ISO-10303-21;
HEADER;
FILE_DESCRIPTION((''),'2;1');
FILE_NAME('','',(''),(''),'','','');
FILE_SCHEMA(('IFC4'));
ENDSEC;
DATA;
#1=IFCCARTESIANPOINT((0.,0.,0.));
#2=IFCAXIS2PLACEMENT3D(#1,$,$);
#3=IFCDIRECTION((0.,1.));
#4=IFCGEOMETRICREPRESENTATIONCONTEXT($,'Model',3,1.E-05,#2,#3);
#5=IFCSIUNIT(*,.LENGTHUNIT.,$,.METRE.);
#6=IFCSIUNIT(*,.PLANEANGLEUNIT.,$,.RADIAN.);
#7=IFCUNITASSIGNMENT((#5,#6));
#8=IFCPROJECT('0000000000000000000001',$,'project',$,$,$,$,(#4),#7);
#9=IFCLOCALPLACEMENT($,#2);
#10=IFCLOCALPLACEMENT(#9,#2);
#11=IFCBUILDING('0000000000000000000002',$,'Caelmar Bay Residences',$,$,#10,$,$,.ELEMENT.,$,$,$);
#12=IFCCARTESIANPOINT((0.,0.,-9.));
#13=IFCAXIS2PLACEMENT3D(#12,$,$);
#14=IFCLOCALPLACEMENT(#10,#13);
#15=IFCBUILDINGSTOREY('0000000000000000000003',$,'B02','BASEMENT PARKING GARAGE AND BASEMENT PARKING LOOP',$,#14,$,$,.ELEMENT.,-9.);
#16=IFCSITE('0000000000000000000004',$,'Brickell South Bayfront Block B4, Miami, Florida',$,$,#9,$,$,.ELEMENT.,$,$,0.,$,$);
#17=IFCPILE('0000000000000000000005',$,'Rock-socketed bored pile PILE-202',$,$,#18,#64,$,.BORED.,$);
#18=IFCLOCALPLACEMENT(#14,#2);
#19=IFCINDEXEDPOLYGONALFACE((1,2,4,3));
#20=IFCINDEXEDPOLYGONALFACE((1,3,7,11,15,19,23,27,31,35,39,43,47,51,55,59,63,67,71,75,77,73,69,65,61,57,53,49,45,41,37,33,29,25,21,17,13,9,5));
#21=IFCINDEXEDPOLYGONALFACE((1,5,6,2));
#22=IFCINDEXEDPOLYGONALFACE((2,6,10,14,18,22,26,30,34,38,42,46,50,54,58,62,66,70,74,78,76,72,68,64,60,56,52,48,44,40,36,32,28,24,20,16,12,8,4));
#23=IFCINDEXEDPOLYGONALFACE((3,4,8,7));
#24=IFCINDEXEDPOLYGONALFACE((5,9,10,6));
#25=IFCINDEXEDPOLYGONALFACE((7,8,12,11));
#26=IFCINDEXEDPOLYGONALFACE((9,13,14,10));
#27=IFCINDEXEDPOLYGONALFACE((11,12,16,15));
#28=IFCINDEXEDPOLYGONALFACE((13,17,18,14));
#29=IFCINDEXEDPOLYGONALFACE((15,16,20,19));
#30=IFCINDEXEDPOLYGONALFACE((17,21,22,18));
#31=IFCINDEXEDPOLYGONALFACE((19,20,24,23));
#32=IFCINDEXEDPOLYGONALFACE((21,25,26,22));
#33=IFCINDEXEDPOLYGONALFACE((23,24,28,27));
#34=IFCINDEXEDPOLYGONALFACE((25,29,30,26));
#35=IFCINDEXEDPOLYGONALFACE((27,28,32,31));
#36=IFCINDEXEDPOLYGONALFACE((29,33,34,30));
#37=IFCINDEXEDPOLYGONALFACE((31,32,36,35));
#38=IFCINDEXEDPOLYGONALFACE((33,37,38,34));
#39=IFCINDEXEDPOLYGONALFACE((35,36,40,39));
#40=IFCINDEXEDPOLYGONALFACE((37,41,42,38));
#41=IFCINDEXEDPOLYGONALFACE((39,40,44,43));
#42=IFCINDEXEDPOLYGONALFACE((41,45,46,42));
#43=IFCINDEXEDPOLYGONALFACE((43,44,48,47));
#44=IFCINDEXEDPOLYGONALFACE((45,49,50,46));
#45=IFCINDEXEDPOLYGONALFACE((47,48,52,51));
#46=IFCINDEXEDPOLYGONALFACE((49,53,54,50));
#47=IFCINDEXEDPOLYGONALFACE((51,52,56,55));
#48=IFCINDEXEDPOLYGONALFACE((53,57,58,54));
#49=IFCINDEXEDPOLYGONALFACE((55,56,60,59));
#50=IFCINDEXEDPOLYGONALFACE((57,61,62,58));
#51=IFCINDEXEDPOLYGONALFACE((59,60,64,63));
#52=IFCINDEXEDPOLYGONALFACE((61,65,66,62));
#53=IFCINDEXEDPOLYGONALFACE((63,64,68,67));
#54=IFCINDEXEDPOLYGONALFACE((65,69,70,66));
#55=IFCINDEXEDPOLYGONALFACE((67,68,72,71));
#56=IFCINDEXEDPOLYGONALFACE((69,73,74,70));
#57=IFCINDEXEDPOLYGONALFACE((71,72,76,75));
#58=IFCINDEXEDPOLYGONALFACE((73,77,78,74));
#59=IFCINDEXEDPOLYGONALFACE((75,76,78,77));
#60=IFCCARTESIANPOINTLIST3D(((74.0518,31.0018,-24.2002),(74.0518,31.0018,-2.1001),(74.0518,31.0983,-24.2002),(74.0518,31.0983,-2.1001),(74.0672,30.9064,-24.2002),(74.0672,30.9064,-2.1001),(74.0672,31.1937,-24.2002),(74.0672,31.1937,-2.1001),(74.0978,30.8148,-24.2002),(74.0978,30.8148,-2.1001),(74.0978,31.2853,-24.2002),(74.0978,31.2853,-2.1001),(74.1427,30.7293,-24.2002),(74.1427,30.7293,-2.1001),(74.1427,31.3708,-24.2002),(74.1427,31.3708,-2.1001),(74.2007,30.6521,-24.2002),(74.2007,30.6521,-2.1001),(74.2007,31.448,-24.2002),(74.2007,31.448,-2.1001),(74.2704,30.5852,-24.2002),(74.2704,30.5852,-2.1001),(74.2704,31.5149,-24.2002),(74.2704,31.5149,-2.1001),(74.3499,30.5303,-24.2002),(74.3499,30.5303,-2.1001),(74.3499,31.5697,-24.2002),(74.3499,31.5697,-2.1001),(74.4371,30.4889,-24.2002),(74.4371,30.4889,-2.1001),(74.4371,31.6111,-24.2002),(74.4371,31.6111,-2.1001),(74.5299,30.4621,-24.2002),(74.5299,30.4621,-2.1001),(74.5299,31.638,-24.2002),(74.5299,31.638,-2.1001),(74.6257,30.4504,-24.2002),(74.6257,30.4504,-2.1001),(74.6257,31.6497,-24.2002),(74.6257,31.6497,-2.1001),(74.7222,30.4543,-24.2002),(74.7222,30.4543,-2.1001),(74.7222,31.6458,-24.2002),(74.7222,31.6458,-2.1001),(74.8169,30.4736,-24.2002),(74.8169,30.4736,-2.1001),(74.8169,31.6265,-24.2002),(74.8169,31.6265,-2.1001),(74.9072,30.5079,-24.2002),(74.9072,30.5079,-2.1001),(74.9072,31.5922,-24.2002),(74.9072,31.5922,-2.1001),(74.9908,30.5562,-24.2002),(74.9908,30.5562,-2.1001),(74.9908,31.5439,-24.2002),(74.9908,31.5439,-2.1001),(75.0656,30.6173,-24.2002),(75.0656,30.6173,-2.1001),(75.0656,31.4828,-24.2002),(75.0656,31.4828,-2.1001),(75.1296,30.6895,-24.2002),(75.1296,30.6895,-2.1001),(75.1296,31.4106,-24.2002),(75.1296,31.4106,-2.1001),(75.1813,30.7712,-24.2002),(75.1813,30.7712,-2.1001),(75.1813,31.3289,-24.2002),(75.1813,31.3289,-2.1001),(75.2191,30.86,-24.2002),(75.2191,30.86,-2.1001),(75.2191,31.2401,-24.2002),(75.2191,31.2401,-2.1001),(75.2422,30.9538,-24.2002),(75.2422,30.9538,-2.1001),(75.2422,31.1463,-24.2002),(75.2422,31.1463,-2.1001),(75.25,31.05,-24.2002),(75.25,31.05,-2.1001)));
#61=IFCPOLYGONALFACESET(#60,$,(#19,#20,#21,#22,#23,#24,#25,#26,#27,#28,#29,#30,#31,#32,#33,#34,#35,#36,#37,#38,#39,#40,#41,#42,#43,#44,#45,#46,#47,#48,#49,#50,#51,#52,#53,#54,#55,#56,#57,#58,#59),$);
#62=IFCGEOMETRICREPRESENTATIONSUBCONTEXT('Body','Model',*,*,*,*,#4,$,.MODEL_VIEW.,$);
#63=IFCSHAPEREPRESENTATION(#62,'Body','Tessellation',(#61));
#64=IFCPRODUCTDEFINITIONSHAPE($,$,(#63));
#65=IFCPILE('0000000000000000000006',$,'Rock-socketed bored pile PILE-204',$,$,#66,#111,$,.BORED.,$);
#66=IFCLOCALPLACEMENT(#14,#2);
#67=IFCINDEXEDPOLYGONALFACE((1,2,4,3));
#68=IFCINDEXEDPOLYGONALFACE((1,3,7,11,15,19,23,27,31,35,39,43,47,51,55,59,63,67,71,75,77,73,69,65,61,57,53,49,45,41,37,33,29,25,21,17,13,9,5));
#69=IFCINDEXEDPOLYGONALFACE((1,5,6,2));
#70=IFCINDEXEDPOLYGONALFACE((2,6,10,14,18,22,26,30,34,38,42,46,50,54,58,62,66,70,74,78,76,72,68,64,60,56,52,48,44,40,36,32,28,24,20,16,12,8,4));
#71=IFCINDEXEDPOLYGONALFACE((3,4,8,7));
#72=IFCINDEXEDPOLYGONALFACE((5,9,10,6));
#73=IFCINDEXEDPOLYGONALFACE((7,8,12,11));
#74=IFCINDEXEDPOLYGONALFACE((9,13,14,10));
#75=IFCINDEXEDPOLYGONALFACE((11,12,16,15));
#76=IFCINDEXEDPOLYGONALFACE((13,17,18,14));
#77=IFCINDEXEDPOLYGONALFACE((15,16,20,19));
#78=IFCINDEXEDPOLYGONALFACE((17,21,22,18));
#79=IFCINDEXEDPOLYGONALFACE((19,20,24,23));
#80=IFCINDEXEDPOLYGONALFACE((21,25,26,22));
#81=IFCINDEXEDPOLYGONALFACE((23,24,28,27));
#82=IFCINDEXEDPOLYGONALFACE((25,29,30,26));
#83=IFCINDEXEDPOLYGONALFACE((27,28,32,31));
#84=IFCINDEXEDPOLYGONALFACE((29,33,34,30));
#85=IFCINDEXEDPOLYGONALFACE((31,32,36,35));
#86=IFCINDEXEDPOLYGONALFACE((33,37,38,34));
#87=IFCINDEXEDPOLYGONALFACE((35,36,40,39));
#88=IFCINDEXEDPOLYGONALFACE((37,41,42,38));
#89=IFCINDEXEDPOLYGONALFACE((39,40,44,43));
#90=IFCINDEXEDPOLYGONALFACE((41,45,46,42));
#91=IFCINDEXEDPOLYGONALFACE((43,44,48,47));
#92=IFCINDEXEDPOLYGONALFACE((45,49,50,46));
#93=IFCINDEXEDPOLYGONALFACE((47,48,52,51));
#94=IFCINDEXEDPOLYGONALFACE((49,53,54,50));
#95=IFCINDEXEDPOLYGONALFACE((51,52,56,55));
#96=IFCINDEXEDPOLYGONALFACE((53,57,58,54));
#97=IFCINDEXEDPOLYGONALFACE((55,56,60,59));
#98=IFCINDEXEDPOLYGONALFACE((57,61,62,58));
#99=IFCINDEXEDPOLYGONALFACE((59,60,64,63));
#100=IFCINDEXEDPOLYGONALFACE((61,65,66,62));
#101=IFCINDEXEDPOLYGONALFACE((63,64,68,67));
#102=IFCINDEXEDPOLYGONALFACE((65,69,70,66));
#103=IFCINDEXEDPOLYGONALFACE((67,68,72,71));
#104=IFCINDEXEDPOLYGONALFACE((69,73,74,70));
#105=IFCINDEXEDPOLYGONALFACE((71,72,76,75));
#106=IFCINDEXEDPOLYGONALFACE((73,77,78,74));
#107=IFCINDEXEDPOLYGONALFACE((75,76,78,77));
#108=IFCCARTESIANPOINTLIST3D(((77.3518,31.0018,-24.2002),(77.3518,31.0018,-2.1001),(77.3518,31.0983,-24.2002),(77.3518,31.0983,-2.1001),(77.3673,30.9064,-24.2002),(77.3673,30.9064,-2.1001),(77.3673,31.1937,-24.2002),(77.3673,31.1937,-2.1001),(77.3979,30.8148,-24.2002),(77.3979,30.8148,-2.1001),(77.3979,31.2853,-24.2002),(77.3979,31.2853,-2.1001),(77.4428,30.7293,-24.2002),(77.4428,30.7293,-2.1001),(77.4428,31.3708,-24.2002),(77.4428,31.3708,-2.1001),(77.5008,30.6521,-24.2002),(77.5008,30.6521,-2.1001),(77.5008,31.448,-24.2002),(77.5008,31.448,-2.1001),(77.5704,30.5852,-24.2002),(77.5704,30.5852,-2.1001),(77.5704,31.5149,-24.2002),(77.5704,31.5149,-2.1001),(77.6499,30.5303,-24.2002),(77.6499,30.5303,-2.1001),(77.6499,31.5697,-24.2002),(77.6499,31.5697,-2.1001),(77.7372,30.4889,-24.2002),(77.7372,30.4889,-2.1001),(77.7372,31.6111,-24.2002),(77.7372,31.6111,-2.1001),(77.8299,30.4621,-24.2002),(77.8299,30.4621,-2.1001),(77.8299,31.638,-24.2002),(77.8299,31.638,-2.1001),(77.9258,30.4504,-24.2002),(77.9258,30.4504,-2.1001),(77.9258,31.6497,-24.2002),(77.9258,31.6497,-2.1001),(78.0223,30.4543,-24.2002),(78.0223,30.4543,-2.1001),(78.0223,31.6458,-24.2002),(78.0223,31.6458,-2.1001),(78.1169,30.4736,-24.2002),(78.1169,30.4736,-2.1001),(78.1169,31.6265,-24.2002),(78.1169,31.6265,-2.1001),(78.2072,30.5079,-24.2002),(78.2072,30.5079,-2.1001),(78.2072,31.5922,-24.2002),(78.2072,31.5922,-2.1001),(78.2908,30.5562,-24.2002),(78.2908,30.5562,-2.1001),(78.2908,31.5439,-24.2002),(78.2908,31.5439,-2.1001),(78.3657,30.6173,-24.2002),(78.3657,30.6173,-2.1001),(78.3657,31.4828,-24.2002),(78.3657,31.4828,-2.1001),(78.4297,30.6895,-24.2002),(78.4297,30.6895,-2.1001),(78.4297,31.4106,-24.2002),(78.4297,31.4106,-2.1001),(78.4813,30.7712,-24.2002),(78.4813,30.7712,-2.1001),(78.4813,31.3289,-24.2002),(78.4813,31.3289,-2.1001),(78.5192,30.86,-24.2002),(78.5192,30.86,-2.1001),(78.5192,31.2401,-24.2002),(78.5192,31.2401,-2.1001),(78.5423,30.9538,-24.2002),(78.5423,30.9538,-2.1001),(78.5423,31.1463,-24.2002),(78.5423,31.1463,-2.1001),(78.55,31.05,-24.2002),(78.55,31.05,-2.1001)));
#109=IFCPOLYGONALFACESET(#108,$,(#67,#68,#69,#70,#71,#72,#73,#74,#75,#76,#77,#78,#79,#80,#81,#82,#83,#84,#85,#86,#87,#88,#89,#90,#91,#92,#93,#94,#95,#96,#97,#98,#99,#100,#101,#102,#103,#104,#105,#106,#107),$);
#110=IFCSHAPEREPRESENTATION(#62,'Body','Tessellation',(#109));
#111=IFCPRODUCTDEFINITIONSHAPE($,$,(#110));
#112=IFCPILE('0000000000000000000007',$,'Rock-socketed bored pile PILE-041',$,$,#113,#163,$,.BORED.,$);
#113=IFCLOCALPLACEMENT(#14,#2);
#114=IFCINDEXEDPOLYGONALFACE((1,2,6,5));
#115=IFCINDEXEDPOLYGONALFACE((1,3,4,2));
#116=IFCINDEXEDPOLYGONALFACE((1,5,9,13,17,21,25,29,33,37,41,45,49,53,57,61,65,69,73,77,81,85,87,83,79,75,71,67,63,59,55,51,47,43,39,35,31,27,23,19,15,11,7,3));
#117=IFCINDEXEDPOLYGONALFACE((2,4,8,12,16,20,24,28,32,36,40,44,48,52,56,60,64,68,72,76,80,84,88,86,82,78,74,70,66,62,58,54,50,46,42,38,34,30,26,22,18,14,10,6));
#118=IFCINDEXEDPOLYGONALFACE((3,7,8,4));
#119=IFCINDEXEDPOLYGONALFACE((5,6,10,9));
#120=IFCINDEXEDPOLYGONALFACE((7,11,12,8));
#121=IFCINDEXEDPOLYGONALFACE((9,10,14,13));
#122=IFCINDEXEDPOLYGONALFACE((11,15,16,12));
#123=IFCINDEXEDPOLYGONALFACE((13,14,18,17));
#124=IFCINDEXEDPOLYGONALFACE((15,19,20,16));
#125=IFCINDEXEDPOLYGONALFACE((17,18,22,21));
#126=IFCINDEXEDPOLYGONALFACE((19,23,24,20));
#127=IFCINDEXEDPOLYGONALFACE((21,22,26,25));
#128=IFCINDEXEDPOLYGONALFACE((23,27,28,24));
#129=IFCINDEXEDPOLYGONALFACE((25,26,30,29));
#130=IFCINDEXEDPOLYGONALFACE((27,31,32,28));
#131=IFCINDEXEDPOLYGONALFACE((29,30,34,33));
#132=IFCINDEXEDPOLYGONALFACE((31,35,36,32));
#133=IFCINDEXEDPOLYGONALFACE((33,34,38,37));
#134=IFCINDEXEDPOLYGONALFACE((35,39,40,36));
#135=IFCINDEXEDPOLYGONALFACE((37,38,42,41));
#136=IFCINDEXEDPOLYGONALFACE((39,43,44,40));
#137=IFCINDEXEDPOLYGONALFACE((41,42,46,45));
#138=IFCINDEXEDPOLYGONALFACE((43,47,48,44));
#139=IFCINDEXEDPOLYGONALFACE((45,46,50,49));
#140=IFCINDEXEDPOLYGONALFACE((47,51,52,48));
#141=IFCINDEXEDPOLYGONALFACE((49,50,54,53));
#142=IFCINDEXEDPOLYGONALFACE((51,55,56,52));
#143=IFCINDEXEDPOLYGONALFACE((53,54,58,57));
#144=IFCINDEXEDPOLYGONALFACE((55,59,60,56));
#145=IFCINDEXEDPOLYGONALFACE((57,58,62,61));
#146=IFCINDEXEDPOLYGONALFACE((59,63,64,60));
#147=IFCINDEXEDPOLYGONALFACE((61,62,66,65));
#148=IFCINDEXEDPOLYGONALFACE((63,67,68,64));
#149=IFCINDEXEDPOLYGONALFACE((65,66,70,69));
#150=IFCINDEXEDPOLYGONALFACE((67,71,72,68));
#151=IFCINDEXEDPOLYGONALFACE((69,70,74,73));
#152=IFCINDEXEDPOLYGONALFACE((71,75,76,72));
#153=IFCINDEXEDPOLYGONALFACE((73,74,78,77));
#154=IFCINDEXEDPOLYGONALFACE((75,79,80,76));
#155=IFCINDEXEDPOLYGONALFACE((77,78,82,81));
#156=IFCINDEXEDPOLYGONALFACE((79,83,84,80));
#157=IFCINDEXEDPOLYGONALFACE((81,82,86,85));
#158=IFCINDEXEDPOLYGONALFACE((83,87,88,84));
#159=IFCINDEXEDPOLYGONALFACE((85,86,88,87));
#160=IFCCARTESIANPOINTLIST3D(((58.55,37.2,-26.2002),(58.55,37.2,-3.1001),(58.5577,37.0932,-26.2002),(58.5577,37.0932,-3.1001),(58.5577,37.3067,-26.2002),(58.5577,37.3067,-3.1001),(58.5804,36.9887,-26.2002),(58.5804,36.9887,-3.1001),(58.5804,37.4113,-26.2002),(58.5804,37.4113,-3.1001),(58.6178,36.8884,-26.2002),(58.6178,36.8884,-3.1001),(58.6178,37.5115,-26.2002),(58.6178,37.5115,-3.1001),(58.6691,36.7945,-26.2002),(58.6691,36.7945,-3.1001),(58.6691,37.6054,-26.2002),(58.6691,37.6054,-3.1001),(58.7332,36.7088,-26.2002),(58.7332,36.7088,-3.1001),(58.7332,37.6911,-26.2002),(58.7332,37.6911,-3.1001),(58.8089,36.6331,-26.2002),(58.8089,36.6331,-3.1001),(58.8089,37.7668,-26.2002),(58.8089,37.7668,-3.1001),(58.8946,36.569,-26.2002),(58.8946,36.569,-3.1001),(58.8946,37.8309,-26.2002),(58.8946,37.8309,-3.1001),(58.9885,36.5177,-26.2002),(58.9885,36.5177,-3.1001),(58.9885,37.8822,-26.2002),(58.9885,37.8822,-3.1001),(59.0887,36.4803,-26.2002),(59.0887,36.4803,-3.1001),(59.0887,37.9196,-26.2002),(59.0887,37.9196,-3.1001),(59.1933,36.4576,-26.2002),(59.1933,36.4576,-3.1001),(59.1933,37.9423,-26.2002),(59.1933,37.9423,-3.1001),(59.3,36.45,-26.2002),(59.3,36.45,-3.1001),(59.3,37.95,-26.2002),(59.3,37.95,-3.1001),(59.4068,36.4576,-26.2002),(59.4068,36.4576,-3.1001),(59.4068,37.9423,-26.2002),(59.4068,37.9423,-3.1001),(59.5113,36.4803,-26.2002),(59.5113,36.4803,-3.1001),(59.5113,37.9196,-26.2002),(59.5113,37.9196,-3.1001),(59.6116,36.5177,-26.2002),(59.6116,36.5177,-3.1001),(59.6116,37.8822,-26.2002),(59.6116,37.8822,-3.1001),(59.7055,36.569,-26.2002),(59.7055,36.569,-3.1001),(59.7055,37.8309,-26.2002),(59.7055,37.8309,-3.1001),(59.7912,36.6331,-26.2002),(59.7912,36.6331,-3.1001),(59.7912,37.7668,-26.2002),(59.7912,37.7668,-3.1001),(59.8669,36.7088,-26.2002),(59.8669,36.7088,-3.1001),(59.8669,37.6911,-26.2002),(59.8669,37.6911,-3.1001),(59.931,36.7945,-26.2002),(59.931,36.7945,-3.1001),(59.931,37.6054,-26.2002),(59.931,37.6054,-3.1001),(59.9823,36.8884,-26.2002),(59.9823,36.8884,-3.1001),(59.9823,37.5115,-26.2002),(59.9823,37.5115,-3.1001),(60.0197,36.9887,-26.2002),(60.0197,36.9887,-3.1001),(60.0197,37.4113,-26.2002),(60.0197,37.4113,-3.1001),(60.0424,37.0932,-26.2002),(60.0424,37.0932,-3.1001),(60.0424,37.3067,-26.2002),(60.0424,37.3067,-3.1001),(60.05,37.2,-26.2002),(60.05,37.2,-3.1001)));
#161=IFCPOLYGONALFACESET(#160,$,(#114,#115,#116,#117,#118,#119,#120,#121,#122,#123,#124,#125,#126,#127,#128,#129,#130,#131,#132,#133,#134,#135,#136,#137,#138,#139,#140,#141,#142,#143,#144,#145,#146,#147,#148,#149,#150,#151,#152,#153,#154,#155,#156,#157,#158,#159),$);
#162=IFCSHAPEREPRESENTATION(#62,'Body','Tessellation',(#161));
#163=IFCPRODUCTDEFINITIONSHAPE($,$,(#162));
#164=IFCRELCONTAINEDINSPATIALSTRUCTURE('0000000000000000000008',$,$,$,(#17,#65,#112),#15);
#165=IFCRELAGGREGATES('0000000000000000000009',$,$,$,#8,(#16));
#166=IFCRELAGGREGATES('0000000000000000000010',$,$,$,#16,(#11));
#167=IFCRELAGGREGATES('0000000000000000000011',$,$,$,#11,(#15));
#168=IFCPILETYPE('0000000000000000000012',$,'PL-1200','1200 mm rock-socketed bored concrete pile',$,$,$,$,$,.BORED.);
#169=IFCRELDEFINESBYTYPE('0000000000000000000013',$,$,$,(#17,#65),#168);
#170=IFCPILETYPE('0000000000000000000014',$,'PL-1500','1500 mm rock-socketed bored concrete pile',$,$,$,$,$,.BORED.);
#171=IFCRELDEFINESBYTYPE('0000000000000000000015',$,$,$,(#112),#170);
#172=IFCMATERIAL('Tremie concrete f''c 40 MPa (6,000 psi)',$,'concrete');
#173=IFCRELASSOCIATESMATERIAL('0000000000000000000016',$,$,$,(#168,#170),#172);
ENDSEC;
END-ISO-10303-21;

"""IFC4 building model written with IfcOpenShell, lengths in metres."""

from ifc_helpers import new_model, si_unit, direction, frame, origin, origin_2d, place, context, subcontext, project, spatial, circle, extrude, material, material_profile, profile_set, type_object, element, save


model = new_model("IFC4")

# Units and contexts
model_context = context("Model", 3, precision=1e-05, world=origin(), true_north=direction((0.0, 1.0)))
body_context = subcontext(model_context, "Body", "Model", "MODEL_VIEW")
ifc_project = project(units=[si_unit("LENGTHUNIT", "METRE"), si_unit("PLANEANGLEUNIT", "RADIAN")], contexts=[model_context])

# Site, building, storey
site_placement = place(None, origin())
site = spatial("IfcSite", under=ifc_project, at=site_placement, Name="Brickell South Bayfront Block B4, Miami, Florida", CompositionType="ELEMENT", RefElevation=0.0)
building_placement = place(site_placement, origin())
building = spatial("IfcBuilding", under=site, at=building_placement, Name="Caelmar Bay Residences", CompositionType="ELEMENT")
storey_placement = place(building_placement, frame((0.0, 0.0, -9.0)))
storey = spatial("IfcBuildingStorey", under=building, at=storey_placement, Name="B02", Description="BASEMENT PARKING GARAGE AND BASEMENT PARKING LOOP", CompositionType="ELEMENT", Elevation=-9.0)

# Piles
ifc_material_1 = material(Name="Tremie concrete f'c 40 MPa (6,000 psi)", Category="concrete")
ifc_material_profile_1 = material_profile(ifc_material_1, circle(Radius=0.6001, at=origin_2d()), Name="PILE-1200D")
ifc_profile_set_1 = profile_set([ifc_material_profile_1], Name="Tremie concrete f'c 40 MPa (6,000 psi)")
pile_type_1 = type_object("IfcPileType", Name="PL-1200", Description="1200 mm rock-socketed bored concrete pile", PredefinedType="BORED", material=ifc_profile_set_1)
for number, where, z_axis, x_axis, name in (
    (1, (74.6499, 31.05, -2.1001), (0.0, 0.0, -1.0), (1.0, 0.0, 0.0), "Rock-socketed bored pile PILE-202"),
    (2, (77.95, 31.05, -2.1001), (0.0, 0.0, -1.0), (1.0, 0.0, 0.0), "Rock-socketed bored pile PILE-204"),
):
    element("IfcPile", number, at=place(storey_placement, frame(where, z_axis=z_axis, x_axis=x_axis)), inside=storey, type_object=pile_type_1, Name=name, PredefinedType="BORED", context=body_context, shape_type="SweptSolid", body=[
        extrude(circle(Radius=0.6001, at=origin_2d()), origin(), (0.0, 0.0, 1.0), 22.1001),
    ])
ifc_material_profile_2 = material_profile(ifc_material_1, circle(Radius=0.75, at=origin_2d()), Name="PILE-1500D")
ifc_profile_set_2 = profile_set([ifc_material_profile_2], Name="Tremie concrete f'c 40 MPa (6,000 psi)")
pile_type_2 = type_object("IfcPileType", Name="PL-1500", Description="1500 mm rock-socketed bored concrete pile", PredefinedType="BORED", material=ifc_profile_set_2)
for number, where, z_axis, x_axis, name in (
    (3, (59.3, 37.2, -3.1001), (0.0, 0.0, -1.0), (1.0, 0.0, 0.0), "Rock-socketed bored pile PILE-041"),
):
    element("IfcPile", number, at=place(storey_placement, frame(where, z_axis=z_axis, x_axis=x_axis)), inside=storey, type_object=pile_type_2, Name=name, PredefinedType="BORED", context=body_context, shape_type="SweptSolid", body=[
        extrude(circle(Radius=0.75, at=origin_2d()), origin(), (0.0, 0.0, 1.0), 23.1001),
    ])

save(model, "model.ifc")
